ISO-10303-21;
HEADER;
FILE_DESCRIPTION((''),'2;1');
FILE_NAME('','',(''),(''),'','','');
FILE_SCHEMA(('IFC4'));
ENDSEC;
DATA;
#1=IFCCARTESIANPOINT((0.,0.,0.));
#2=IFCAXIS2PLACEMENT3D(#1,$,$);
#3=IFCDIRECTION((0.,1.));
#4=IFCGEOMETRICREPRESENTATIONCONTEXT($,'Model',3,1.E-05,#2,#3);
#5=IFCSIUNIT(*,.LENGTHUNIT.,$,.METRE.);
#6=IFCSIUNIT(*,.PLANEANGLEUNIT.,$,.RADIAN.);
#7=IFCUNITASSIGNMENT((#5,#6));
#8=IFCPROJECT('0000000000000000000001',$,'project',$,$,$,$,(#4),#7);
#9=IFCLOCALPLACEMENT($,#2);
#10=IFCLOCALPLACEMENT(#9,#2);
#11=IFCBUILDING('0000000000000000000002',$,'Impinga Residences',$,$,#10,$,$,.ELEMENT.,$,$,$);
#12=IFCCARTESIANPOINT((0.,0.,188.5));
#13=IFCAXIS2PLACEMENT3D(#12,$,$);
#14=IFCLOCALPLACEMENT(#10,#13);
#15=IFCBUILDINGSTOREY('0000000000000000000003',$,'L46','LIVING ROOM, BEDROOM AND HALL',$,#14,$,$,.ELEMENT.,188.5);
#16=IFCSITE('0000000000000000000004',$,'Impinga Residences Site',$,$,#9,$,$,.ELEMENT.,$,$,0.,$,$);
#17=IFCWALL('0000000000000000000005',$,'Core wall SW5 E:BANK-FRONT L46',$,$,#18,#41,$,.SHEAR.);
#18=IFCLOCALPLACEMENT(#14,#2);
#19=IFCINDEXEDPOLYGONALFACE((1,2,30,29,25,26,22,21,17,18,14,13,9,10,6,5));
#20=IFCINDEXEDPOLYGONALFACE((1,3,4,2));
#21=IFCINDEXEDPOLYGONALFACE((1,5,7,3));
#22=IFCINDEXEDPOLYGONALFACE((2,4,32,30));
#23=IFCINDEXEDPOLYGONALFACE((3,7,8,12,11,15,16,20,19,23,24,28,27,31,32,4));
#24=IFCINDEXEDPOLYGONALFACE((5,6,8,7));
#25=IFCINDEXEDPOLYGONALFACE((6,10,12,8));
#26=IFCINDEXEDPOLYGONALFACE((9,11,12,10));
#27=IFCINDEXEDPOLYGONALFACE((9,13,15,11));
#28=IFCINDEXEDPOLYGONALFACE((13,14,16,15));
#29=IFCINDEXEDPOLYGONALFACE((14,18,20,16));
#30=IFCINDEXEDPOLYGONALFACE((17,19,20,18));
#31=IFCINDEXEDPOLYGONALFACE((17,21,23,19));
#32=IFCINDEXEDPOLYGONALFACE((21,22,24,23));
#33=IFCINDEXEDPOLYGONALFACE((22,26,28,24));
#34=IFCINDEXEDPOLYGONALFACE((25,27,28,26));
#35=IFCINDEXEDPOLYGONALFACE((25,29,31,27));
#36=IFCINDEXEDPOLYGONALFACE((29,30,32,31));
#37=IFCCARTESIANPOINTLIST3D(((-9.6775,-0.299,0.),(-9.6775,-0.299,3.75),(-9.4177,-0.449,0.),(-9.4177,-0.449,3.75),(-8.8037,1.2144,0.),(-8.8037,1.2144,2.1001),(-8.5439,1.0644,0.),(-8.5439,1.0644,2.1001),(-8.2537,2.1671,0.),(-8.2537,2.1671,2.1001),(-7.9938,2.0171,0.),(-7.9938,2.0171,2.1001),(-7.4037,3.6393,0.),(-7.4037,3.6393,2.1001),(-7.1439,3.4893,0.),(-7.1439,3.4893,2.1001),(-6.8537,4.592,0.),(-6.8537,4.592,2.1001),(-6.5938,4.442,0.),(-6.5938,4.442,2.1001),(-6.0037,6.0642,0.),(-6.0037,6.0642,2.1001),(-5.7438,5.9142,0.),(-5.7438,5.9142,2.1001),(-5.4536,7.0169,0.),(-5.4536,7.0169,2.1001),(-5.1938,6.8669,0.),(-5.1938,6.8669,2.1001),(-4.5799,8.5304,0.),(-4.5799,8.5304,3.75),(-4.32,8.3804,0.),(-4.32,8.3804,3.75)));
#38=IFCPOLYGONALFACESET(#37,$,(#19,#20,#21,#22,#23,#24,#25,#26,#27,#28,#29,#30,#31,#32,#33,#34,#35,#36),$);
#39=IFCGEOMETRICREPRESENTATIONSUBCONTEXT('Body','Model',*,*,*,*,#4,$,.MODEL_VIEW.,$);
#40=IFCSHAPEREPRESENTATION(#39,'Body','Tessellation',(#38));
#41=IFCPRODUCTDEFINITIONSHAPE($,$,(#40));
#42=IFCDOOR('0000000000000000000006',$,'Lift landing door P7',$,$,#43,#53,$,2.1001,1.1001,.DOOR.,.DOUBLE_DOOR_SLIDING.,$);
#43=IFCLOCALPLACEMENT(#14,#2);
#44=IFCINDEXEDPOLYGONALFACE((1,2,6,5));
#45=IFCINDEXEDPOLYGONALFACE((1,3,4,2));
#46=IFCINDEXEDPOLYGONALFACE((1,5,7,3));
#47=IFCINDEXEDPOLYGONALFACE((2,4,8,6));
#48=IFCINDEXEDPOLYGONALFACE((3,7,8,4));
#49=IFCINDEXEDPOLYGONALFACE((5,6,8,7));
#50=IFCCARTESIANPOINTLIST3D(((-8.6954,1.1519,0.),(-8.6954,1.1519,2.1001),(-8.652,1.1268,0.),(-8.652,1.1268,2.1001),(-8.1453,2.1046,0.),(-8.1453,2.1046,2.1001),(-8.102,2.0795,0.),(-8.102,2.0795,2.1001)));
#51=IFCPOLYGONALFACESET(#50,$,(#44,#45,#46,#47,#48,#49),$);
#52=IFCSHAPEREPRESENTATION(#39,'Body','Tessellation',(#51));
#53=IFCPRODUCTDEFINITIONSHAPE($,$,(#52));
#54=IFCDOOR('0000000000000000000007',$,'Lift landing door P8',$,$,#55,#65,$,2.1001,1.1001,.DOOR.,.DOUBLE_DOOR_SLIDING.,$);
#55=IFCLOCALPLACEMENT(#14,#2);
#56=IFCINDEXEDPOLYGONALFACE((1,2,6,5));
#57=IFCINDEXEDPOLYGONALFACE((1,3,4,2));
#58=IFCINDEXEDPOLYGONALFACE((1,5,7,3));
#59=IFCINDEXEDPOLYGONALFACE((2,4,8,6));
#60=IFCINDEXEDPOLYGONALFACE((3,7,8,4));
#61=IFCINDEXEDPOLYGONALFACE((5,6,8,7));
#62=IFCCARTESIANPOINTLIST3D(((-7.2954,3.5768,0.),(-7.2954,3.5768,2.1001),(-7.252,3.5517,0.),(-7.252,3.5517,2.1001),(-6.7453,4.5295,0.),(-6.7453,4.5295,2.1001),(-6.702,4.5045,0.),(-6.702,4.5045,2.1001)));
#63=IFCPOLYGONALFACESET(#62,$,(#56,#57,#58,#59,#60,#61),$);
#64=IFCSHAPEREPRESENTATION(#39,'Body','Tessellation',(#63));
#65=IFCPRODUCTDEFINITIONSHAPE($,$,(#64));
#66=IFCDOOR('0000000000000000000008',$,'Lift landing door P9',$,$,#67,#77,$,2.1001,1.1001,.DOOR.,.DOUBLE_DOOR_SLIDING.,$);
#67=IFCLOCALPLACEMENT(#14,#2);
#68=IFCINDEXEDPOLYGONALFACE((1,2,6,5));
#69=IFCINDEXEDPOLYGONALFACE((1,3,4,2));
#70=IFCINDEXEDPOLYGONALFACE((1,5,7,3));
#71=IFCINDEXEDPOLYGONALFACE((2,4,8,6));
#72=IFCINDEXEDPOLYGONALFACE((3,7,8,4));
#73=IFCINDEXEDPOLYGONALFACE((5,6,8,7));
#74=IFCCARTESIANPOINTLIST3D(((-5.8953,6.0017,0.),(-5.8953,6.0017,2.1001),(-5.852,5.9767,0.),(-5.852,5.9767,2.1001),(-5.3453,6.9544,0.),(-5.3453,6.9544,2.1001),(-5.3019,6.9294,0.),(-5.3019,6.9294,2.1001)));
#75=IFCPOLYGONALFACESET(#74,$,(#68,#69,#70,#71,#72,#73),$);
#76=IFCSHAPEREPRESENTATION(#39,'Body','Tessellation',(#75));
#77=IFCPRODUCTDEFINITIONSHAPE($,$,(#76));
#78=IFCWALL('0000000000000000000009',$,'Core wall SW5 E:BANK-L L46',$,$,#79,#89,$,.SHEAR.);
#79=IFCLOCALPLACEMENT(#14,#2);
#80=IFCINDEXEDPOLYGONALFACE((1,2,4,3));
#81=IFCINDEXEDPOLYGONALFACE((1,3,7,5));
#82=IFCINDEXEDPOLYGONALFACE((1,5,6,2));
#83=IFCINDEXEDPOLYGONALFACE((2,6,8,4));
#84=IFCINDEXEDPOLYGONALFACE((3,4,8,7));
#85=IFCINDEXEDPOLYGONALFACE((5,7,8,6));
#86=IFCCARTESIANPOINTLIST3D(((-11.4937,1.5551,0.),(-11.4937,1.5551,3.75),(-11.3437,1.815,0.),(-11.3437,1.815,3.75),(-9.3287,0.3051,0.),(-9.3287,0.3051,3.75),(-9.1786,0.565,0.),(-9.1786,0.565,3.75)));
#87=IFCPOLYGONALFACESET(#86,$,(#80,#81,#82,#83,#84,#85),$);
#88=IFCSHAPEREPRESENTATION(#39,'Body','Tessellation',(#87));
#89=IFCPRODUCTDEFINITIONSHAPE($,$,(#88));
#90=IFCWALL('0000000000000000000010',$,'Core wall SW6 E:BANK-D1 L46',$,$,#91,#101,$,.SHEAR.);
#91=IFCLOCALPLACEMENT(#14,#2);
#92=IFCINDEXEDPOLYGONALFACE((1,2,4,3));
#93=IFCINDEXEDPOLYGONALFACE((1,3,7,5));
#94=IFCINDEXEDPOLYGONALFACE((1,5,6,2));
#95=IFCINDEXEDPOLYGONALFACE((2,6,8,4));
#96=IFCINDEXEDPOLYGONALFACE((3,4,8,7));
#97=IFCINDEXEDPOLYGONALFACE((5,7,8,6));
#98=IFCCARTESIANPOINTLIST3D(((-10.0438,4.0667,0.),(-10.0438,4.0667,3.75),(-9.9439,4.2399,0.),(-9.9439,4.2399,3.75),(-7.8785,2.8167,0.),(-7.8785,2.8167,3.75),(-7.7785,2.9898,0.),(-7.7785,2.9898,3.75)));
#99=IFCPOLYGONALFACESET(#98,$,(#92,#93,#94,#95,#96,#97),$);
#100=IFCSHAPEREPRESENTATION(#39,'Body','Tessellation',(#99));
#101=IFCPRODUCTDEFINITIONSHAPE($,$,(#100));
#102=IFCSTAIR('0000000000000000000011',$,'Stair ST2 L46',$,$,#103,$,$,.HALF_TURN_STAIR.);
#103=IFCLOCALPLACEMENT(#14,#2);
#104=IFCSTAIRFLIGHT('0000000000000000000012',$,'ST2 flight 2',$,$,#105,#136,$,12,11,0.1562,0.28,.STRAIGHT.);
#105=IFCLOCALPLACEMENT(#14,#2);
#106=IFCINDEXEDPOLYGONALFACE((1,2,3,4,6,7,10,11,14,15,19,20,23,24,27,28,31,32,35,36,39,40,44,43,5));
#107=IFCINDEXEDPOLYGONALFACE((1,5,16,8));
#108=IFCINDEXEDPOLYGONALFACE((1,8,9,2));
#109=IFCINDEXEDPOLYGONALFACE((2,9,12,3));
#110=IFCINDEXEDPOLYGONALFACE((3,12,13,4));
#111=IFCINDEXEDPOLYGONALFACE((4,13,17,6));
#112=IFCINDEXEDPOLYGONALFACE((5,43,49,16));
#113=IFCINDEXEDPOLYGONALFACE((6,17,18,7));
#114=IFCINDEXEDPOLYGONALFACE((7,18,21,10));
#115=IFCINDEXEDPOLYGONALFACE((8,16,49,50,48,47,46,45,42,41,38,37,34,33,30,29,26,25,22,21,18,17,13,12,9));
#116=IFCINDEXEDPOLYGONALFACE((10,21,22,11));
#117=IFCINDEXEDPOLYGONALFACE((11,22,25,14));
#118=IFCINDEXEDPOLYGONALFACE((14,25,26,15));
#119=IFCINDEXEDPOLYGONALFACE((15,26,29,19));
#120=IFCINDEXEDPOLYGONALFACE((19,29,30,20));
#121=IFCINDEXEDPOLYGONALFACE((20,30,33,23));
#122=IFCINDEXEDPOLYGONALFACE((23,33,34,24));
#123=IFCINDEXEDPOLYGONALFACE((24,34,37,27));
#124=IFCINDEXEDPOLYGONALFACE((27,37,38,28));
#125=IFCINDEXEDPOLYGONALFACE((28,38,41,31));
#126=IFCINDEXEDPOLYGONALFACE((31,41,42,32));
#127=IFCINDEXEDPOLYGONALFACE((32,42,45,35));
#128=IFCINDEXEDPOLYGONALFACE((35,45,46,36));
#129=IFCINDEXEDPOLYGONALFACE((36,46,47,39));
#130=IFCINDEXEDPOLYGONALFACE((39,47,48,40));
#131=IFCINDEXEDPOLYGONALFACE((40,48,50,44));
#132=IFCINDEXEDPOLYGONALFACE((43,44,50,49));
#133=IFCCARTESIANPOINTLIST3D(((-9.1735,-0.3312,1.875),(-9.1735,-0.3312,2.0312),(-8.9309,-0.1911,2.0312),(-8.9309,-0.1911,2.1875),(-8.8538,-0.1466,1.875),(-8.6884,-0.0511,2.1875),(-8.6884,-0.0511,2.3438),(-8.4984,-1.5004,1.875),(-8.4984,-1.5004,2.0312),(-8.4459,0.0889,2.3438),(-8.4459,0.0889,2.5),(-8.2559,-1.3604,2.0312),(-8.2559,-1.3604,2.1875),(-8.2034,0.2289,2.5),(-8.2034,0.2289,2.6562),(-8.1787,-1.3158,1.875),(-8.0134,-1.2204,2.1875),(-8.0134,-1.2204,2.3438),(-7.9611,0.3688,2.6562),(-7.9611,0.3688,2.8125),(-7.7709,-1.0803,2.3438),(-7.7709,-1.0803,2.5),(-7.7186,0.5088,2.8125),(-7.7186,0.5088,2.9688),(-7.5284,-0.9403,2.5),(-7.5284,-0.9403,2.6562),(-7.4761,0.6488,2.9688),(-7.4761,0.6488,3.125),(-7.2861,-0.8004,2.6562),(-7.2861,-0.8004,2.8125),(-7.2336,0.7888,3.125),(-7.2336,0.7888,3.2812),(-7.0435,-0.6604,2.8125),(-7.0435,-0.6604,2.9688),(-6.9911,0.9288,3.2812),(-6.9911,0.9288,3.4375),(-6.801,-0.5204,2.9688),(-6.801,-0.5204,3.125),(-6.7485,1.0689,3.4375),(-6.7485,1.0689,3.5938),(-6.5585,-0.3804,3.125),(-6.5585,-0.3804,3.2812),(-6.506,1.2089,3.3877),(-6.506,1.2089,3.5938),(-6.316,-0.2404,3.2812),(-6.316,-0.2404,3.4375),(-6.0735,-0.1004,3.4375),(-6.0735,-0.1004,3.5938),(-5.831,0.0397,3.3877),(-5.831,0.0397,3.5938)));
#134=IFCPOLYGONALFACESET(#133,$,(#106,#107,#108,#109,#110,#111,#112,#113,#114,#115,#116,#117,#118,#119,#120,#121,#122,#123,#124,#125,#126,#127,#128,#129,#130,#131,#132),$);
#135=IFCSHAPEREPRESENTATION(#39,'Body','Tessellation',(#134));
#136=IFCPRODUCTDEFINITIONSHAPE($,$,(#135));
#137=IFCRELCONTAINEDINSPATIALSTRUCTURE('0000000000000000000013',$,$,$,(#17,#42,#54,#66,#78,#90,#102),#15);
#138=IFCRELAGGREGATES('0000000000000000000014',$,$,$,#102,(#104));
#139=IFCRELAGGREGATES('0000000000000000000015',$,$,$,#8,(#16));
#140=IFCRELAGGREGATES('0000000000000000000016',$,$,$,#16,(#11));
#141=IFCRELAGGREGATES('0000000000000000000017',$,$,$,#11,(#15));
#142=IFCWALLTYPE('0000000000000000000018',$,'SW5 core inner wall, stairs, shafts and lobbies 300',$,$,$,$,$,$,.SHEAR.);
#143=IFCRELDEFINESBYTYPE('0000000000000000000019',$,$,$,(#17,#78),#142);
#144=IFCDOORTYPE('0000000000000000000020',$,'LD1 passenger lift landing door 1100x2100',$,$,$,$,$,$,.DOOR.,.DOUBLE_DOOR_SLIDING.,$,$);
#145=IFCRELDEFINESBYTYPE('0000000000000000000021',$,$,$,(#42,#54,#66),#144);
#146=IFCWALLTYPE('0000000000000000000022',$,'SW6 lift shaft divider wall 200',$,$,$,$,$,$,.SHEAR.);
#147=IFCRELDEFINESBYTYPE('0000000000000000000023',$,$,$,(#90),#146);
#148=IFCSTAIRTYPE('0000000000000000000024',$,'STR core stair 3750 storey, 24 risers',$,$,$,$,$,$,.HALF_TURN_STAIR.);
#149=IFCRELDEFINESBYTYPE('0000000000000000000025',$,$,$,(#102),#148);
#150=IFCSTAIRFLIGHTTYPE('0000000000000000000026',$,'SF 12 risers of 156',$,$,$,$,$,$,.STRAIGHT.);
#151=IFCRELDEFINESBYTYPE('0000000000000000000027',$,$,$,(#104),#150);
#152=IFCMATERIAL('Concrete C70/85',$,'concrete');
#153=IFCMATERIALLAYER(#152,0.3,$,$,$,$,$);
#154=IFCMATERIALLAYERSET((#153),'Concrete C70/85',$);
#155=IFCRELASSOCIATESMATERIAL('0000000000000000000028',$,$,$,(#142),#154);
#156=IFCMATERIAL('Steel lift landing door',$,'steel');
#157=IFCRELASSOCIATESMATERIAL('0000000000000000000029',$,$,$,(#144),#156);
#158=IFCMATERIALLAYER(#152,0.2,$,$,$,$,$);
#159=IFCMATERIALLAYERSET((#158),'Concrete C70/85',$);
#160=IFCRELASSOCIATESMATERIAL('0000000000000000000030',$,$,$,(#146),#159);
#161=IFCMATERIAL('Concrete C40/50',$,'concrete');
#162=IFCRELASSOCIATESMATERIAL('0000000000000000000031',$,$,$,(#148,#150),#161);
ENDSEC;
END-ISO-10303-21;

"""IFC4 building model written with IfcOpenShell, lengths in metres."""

from ifc_helpers import new_model, si_unit, direction, frame, frame_2d, origin, place, context, subcontext, project, spatial, polyline, rectangle, outline, extrude, material, layer, layer_set, type_object, element, fill, aggregate, save


model = new_model("IFC4")

# Units and contexts
model_context = context("Model", 3, precision=1e-05, world=origin(), true_north=direction((0.0, 1.0)))
body_context = subcontext(model_context, "Body", "Model", "MODEL_VIEW")
ifc_project = project(units=[si_unit("LENGTHUNIT", "METRE"), si_unit("PLANEANGLEUNIT", "RADIAN")], contexts=[model_context])

# Site, building, storey
site_placement = place(None, origin())
site = spatial("IfcSite", under=ifc_project, at=site_placement, Name="Impinga Residences Site", CompositionType="ELEMENT", RefElevation=0.0)
building_placement = place(site_placement, origin())
building = spatial("IfcBuilding", under=site, at=building_placement, Name="Impinga Residences", CompositionType="ELEMENT")
storey_placement = place(building_placement, frame((0.0, 0.0, 188.5)))
storey = spatial("IfcBuildingStorey", under=building, at=storey_placement, Name="L46", Description="LIVING ROOM, BEDROOM AND HALL", CompositionType="ELEMENT", Elevation=188.5)

# Wall, openings, doors
ifc_material_1 = material(Name="Concrete C70/85", Category="concrete")
ifc_layer_1 = layer(ifc_material_1, 0.3)
ifc_layer_set_1 = layer_set([ifc_layer_1], Name="Concrete C70/85")
wall_type_1 = type_object("IfcWallType", Name="SW5 core inner wall, stairs, shafts and lobbies 300", PredefinedType="SHEAR", material=ifc_layer_set_1)
wall_1_placement = place(storey_placement, frame((-9.5476, -0.374, 0.0), z_axis=(0.0, 0.0, 1.0), x_axis=(0.500002, 0.866024, 0.0)))
wall_1 = element("IfcWall", 1, at=wall_1_placement, inside=storey, type_object=wall_type_1, Name="Core wall SW5 E:BANK-FRONT L46", PredefinedType="SHEAR", context=body_context, shape_type="SweptSolid", body=[
    extrude(rectangle(XDim=10.1953, YDim=0.3, at=frame_2d((5.0977, 0.0))), origin(), (0.0, 0.0, 1.0), 3.75),
])
opening_1_placement = place(wall_1_placement, frame((1.7476, 0.0, 0.0)))
opening_1 = element("IfcOpeningElement", 2, at=opening_1_placement, cuts=wall_1, PredefinedType="OPENING", context=body_context, shape_type="SweptSolid", body=[
    extrude(rectangle(XDim=1.1001, YDim=2.1001, at=frame_2d((0.55, 1.05))), frame((0.0, 0.1599, 0.0), z_axis=(0.0, -1.0, 0.0), x_axis=(1.0, 0.0, 0.0)), (0.0, 0.0, 1.0), 0.3201),
])
opening_2_placement = place(wall_1_placement, frame((4.5476, 0.0, 0.0)))
opening_2 = element("IfcOpeningElement", 3, at=opening_2_placement, cuts=wall_1, PredefinedType="OPENING", context=body_context, shape_type="SweptSolid", body=[
    extrude(rectangle(XDim=1.1001, YDim=2.1001, at=frame_2d((0.55, 1.05))), frame((0.0, 0.1599, 0.0), z_axis=(0.0, -1.0, 0.0), x_axis=(1.0, 0.0, 0.0)), (0.0, 0.0, 1.0), 0.3201),
])
opening_3_placement = place(wall_1_placement, frame((7.3477, 0.0, 0.0)))
opening_3 = element("IfcOpeningElement", 4, at=opening_3_placement, cuts=wall_1, PredefinedType="OPENING", context=body_context, shape_type="SweptSolid", body=[
    extrude(rectangle(XDim=1.1001, YDim=2.1001, at=frame_2d((0.55, 1.05))), frame((0.0, 0.1599, 0.0), z_axis=(0.0, -1.0, 0.0), x_axis=(1.0, 0.0, 0.0)), (0.0, 0.0, 1.0), 0.3201),
])
ifc_material_2 = material(Name="Steel lift landing door", Category="steel")
door_type_1 = type_object("IfcDoorType", Name="LD1 passenger lift landing door 1100x2100", OperationType="DOUBLE_DOOR_SLIDING", PredefinedType="DOOR", material=ifc_material_2)
door_1_placement = place(opening_1_placement, origin())
door_1 = element("IfcDoor", 5, at=door_1_placement, inside=storey, type_object=door_type_1, Name="Lift landing door P7", OperationType="DOUBLE_DOOR_SLIDING", OverallHeight=2.1001, OverallWidth=1.1001, PredefinedType="DOOR", context=body_context, shape_type="SweptSolid", body=[
    extrude(rectangle(XDim=1.1001, YDim=2.1001, at=frame_2d((0.55, 1.05))), frame((0.0, 0.0249, 0.0), z_axis=(0.0, -1.0, 0.0), x_axis=(1.0, 0.0, 0.0)), (0.0, 0.0, 1.0), 0.05),
])
fill(opening_1, door_1)
door_2_placement = place(opening_2_placement, origin())
door_2 = element("IfcDoor", 6, at=door_2_placement, inside=storey, type_object=door_type_1, Name="Lift landing door P8", OperationType="DOUBLE_DOOR_SLIDING", OverallHeight=2.1001, OverallWidth=1.1001, PredefinedType="DOOR", context=body_context, shape_type="SweptSolid", body=[
    extrude(rectangle(XDim=1.1001, YDim=2.1001, at=frame_2d((0.55, 1.05))), frame((0.0, 0.0249, 0.0), z_axis=(0.0, -1.0, 0.0), x_axis=(1.0, 0.0, 0.0)), (0.0, 0.0, 1.0), 0.05),
])
fill(opening_2, door_2)
door_3_placement = place(opening_3_placement, origin())
door_3 = element("IfcDoor", 7, at=door_3_placement, inside=storey, type_object=door_type_1, Name="Lift landing door P9", OperationType="DOUBLE_DOOR_SLIDING", OverallHeight=2.1001, OverallWidth=1.1001, PredefinedType="DOOR", context=body_context, shape_type="SweptSolid", body=[
    extrude(rectangle(XDim=1.1001, YDim=2.1001, at=frame_2d((0.55, 1.05))), frame((0.0, 0.0249, 0.0), z_axis=(0.0, -1.0, 0.0), x_axis=(1.0, 0.0, 0.0)), (0.0, 0.0, 1.0), 0.05),
])
fill(opening_3, door_3)

# Walls
wall_2_placement = place(storey_placement, frame((-9.2537, 0.4351, 0.0), z_axis=(0.0, 0.0, 1.0), x_axis=(-0.866023, 0.500004, 0.0)))
element("IfcWall", 8, at=wall_2_placement, inside=storey, type_object=wall_type_1, Name="Core wall SW5 E:BANK-L L46", PredefinedType="SHEAR", context=body_context, shape_type="SweptSolid", body=[
    extrude(rectangle(XDim=2.5, YDim=0.3, at=frame_2d((1.25, 0.0))), origin(), (0.0, 0.0, 1.0), 3.75),
])
ifc_layer_2 = layer(ifc_material_1, 0.2)
ifc_layer_set_2 = layer_set([ifc_layer_2], Name="Concrete C70/85")
wall_type_2 = type_object("IfcWallType", Name="SW6 lift shaft divider wall 200", PredefinedType="SHEAR", material=ifc_layer_set_2)
wall_3_placement = place(storey_placement, frame((-7.8286, 2.9033, 0.0), z_axis=(0.0, 0.0, 1.0), x_axis=(-0.866047, 0.499962, 0.0)))
element("IfcWall", 9, at=wall_3_placement, inside=storey, type_object=wall_type_2, Name="Core wall SW6 E:BANK-D1 L46", PredefinedType="SHEAR", context=body_context, shape_type="SweptSolid", body=[
    extrude(rectangle(XDim=2.5002, YDim=0.2, at=frame_2d((1.25, 0.0))), origin(), (0.0, 0.0, 1.0), 3.75),
])

# Stair, stair flight
ifc_material_3 = material(Name="Concrete C40/50", Category="concrete")
stair_type = type_object("IfcStairType", Name="STR core stair 3750 storey, 24 risers", PredefinedType="HALF_TURN_STAIR", material=ifc_material_3)
stair_placement = place(storey_placement, origin())
stair = element("IfcStair", 10, at=stair_placement, inside=storey, type_object=stair_type, Name="Stair ST2 L46", PredefinedType="HALF_TURN_STAIR")
stair_flight_type = type_object("IfcStairFlightType", Name="SF 12 risers of 156", PredefinedType="STRAIGHT", material=ifc_material_3)
stair_flight_placement = place(storey_placement, frame((-8.8359, -0.9158, 1.875), z_axis=(0.0, 0.0, 1.0), x_axis=(0.866025, 0.5, 0.0)))
stair_flight = element("IfcStairFlight", 11, at=stair_flight_placement, type_object=stair_flight_type, Name="ST2 flight 2", NumberOfRisers=12, NumberOfTreads=11, PredefinedType="STRAIGHT", RiserHeight=0.1562, TreadLength=0.28, context=body_context, shape_type="SweptSolid", body=[
    extrude(outline(polyline([(0.0, 0.0), (0.0, 0.1562), (0.28, 0.1562), (0.28, 0.3125), (0.5601, 0.3125), (0.5601, 0.4688), (0.8401, 0.4688), (0.8401, 0.625), (1.1201, 0.625), (1.1201, 0.7812), (1.3999, 0.7812), (1.3999, 0.9375), (1.6799, 0.9375), (1.6799, 1.0938), (1.96, 1.0938), (1.96, 1.25), (2.24, 1.25), (2.24, 1.4062), (2.52, 1.4062), (2.52, 1.5625), (2.8, 1.5625), (2.8, 1.7188), (3.0801, 1.7188), (3.0801, 1.875), (3.0801, 1.5127), (0.3691, 0.0), (0.0, 0.0)])), frame((0.0, 0.675, 0.0), z_axis=(0.0, -1.0, 0.0), x_axis=(1.0, 0.0, 0.0)), (0.0, 0.0, 1.0), 1.3501),
])
aggregate(stair, [stair_flight])

save(model, "model.ifc")
